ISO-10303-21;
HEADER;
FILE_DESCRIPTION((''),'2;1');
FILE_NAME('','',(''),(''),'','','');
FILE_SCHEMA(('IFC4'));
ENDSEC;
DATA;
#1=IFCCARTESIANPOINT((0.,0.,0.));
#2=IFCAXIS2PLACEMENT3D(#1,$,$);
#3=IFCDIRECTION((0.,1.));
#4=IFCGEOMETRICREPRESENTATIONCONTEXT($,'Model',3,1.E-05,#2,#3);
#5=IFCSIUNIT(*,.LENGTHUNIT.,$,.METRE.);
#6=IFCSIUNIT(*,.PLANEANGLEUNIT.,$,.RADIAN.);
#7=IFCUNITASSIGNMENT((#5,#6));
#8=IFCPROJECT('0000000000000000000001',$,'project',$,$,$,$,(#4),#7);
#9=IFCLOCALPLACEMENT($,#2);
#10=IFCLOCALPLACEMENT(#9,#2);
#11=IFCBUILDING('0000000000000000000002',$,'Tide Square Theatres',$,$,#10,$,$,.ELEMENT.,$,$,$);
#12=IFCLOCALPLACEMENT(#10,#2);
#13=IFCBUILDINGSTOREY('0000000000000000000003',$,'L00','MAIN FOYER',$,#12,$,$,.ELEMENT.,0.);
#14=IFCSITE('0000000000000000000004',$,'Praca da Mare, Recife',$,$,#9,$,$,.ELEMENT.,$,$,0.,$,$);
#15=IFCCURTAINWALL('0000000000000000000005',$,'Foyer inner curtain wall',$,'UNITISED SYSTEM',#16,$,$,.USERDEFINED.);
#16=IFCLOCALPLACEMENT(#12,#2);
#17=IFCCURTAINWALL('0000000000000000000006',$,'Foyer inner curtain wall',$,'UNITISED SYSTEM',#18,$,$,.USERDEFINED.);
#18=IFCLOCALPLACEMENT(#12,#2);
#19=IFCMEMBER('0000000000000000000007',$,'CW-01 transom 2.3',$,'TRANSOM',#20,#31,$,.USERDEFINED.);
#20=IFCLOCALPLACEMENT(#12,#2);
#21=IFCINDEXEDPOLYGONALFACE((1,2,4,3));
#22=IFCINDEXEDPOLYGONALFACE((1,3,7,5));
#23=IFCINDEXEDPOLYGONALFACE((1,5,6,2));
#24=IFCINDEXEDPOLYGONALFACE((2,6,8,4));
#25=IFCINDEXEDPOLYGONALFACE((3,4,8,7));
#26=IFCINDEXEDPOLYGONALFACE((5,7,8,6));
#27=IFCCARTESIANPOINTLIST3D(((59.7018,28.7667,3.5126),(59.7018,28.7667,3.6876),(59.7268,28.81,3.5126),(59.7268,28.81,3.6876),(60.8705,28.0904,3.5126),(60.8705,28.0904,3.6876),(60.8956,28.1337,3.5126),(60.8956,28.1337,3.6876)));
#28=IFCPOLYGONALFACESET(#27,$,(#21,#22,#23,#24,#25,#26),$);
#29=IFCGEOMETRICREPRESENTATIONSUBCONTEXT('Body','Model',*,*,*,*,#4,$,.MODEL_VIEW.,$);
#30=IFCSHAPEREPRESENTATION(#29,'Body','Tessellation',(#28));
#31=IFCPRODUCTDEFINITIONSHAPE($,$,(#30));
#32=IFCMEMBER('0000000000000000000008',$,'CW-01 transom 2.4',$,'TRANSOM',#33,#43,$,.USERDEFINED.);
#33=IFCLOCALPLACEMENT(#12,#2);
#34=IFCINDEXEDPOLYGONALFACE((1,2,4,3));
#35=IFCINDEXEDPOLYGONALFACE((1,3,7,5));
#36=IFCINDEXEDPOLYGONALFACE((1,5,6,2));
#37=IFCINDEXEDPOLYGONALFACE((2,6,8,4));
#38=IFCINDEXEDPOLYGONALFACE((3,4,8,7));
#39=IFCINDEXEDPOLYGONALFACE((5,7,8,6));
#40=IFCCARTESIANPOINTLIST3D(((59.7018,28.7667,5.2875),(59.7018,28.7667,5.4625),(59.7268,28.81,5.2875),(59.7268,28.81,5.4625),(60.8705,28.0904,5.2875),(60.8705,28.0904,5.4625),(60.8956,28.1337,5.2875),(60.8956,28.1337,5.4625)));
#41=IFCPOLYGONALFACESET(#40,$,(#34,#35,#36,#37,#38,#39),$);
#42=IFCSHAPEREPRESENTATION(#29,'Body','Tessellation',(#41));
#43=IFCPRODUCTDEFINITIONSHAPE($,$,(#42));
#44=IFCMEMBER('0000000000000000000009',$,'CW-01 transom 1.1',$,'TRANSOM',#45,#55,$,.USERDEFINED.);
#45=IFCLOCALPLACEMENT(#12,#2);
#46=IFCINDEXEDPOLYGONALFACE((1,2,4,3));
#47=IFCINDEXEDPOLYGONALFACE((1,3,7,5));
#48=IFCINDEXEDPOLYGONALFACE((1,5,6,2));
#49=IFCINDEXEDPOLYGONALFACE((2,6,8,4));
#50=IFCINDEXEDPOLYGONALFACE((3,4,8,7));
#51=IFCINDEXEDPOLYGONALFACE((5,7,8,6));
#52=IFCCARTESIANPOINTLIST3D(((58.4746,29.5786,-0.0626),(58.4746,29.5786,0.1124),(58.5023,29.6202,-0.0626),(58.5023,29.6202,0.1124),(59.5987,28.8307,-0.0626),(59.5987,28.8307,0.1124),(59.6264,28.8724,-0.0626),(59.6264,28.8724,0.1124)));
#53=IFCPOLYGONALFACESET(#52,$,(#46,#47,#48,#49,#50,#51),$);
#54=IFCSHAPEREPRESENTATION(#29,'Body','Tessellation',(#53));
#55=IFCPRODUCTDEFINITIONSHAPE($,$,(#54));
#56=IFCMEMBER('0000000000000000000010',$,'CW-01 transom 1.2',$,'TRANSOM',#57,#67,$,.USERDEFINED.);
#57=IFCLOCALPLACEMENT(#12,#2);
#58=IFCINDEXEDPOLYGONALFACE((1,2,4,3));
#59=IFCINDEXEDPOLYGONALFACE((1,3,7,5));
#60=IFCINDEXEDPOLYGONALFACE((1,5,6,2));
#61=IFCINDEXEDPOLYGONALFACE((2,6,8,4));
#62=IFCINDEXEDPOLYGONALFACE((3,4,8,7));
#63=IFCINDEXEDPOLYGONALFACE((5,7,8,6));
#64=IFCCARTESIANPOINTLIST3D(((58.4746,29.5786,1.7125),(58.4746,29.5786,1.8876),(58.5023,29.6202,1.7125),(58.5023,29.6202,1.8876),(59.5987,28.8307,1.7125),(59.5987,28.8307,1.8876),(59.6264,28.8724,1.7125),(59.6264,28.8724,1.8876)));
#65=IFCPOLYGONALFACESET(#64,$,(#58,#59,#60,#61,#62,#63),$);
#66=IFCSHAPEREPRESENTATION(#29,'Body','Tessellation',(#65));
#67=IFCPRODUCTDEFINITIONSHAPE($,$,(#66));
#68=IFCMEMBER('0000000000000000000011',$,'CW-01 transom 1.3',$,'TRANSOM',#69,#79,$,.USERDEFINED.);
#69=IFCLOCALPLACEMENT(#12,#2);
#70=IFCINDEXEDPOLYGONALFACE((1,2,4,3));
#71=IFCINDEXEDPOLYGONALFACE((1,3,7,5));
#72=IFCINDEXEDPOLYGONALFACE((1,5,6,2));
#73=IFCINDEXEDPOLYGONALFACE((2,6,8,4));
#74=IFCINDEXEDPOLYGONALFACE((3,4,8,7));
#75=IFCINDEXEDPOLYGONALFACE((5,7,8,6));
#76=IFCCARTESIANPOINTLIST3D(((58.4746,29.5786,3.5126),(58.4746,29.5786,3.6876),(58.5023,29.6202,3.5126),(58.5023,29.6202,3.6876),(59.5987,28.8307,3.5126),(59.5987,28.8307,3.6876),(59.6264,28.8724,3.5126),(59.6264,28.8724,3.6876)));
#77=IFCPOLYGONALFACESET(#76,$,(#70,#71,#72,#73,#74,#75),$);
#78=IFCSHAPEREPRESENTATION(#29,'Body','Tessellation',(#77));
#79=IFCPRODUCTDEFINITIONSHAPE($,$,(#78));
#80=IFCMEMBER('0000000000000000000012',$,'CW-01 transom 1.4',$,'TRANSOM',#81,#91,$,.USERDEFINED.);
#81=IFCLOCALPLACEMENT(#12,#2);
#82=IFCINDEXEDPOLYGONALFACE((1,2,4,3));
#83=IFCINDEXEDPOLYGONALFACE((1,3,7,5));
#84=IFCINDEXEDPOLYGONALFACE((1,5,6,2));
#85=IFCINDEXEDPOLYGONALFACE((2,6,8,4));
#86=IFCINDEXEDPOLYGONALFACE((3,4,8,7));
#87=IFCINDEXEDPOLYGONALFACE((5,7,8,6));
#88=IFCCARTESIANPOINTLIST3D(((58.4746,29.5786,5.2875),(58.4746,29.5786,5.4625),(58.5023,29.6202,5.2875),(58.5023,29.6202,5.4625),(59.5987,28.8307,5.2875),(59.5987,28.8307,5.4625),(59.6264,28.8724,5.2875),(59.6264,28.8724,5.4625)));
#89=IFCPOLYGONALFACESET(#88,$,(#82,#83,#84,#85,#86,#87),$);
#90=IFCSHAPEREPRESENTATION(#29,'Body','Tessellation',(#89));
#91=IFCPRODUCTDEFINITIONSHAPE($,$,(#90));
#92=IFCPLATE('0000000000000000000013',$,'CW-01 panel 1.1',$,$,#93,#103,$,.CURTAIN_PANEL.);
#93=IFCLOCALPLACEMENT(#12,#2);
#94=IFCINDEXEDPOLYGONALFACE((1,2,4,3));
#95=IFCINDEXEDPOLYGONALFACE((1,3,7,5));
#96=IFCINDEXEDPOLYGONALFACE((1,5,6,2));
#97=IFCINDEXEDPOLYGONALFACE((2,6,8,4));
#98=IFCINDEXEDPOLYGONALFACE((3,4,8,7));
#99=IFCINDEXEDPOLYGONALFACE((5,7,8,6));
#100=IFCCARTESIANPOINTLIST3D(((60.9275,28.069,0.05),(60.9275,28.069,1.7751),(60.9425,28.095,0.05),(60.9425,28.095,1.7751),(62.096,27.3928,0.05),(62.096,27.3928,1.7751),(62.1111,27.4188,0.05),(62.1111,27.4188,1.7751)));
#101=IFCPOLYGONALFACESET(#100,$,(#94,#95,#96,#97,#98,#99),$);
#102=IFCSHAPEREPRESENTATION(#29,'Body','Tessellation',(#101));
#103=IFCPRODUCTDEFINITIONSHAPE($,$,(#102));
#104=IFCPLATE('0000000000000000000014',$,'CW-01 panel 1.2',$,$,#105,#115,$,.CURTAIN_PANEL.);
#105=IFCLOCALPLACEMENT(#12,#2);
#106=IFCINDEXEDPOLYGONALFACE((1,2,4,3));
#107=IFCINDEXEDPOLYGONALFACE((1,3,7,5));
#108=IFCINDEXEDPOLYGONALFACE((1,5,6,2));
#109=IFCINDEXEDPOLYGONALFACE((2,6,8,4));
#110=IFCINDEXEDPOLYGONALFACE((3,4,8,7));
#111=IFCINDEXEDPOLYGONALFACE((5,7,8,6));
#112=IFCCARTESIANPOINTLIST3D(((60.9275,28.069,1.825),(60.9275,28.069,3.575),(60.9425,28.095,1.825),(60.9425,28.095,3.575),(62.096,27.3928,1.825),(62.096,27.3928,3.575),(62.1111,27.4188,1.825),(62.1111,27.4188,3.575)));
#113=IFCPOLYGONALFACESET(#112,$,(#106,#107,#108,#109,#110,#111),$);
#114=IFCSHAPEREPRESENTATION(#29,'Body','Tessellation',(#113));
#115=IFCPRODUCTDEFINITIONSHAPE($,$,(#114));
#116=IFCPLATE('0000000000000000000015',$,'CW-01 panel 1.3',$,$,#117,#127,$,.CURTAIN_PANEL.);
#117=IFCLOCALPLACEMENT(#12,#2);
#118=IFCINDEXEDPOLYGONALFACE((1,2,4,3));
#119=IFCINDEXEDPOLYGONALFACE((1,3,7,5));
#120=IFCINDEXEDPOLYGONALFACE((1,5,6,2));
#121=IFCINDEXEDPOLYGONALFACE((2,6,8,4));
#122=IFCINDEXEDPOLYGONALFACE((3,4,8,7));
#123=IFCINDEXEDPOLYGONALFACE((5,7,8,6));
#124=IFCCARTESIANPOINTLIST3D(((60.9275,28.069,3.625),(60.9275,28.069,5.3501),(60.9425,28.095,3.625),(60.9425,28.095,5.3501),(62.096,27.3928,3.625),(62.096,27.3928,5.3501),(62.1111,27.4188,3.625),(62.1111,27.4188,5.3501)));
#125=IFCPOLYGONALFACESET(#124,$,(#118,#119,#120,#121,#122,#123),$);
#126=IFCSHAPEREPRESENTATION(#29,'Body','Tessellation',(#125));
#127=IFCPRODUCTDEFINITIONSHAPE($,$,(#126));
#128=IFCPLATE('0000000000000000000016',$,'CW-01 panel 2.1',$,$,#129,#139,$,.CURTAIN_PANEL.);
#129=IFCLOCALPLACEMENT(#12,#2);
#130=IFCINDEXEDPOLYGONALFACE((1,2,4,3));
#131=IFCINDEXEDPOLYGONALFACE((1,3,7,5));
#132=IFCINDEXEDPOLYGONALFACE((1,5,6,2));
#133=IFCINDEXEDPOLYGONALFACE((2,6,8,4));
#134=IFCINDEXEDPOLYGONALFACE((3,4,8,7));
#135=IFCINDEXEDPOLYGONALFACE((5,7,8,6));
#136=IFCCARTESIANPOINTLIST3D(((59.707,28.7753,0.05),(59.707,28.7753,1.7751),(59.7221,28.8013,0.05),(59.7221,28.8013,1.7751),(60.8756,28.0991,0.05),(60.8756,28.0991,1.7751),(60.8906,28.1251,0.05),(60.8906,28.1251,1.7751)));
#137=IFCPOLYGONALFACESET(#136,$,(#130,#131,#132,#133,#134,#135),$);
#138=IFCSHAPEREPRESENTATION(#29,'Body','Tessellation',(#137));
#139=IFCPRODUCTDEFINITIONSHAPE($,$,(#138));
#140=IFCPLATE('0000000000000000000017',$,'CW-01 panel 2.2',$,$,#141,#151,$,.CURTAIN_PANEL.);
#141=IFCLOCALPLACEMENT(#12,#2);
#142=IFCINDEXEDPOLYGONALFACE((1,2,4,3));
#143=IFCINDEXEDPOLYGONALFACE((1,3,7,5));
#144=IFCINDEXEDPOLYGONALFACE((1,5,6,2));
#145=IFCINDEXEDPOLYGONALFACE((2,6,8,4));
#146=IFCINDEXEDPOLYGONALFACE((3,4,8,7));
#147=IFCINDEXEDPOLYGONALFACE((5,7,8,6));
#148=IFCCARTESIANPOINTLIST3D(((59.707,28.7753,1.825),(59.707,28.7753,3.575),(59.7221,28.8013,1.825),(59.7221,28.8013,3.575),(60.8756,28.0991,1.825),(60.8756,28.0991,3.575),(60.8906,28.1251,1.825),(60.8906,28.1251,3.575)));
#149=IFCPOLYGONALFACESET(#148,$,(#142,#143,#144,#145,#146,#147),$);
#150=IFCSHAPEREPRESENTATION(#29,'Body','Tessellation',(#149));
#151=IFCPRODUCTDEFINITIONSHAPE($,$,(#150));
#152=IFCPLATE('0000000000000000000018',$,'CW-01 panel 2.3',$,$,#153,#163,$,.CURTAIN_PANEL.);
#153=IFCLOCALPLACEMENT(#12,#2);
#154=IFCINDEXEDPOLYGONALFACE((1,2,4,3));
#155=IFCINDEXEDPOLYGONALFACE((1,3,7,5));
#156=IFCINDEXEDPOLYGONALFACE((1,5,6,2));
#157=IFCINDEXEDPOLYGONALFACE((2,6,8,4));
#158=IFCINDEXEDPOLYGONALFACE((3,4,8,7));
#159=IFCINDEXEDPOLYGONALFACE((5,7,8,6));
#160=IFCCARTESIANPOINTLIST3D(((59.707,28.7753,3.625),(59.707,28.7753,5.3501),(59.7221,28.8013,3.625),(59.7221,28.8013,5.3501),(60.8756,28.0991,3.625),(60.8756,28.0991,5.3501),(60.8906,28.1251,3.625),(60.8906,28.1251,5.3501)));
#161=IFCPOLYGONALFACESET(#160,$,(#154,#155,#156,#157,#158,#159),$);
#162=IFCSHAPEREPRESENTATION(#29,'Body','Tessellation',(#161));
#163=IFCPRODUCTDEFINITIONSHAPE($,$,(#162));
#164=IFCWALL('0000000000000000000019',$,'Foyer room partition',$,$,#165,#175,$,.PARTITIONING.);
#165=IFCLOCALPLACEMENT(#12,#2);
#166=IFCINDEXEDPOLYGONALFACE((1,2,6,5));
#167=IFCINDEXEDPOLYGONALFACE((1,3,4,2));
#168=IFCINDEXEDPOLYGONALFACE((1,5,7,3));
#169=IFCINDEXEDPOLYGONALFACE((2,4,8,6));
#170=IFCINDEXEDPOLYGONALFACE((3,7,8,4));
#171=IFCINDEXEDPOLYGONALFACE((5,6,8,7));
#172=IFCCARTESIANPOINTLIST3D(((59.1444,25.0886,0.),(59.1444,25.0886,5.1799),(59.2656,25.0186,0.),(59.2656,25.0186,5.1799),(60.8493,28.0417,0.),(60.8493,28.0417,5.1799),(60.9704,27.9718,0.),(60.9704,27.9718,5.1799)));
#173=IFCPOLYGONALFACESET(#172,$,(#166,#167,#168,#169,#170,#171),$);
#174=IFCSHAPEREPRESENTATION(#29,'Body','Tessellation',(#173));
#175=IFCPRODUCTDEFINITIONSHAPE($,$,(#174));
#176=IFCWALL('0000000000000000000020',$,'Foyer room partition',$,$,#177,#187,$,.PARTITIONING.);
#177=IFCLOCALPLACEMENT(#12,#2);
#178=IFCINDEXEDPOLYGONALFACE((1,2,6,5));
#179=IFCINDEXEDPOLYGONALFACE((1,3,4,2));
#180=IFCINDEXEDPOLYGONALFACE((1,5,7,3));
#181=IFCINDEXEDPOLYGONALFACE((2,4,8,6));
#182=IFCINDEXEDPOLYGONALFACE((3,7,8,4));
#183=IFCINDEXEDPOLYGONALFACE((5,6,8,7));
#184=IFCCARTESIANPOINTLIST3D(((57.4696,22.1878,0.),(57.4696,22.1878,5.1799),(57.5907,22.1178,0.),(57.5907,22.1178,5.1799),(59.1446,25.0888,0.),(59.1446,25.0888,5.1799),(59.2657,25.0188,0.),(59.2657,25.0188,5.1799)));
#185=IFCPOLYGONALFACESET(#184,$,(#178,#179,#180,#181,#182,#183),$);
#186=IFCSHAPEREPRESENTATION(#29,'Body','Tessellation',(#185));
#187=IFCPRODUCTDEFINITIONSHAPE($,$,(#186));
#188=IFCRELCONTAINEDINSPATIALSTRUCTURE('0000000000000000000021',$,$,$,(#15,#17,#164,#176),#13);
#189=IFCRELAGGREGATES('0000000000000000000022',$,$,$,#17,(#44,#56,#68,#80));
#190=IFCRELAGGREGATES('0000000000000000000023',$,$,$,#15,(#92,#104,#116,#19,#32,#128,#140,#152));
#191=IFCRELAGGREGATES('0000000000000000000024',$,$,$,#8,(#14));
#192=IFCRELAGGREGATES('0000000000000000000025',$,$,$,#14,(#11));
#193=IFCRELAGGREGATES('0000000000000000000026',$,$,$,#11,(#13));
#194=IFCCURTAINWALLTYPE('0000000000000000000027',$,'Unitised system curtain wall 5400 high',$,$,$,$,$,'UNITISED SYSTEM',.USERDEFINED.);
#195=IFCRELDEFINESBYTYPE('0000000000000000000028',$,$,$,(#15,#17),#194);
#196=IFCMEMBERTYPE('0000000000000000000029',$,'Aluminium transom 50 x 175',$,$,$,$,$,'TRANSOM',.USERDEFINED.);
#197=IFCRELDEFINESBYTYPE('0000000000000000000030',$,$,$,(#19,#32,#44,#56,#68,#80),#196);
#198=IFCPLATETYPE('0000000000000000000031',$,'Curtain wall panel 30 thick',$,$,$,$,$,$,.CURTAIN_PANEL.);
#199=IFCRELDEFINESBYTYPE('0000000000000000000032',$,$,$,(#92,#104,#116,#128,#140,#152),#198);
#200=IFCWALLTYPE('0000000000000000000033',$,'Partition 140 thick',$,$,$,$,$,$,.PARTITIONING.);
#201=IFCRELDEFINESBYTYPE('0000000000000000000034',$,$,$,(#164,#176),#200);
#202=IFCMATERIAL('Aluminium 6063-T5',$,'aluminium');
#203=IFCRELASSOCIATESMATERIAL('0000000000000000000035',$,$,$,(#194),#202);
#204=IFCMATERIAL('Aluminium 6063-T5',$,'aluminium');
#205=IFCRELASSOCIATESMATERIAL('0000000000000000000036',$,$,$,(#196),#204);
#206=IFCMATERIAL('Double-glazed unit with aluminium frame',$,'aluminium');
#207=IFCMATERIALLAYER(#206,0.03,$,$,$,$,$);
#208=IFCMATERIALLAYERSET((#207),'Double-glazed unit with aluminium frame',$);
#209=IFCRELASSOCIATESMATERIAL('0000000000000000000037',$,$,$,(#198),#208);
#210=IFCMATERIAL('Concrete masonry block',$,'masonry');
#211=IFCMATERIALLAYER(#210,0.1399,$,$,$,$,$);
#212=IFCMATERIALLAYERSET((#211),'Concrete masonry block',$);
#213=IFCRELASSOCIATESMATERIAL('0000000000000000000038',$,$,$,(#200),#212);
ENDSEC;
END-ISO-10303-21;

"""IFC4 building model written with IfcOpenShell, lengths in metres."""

from ifc_helpers import new_model, si_unit, direction, frame, frame_2d, origin, origin_2d, place, context, subcontext, project, spatial, rectangle, extrude, material, layer, layer_set, material_profile, profile_set, type_object, element, aggregate, save


model = new_model("IFC4")

# Units and contexts
model_context = context("Model", 3, precision=1e-05, world=origin(), true_north=direction((0.0, 1.0)))
body_context = subcontext(model_context, "Body", "Model", "MODEL_VIEW")
ifc_project = project(units=[si_unit("LENGTHUNIT", "METRE"), si_unit("PLANEANGLEUNIT", "RADIAN")], contexts=[model_context])

# Site, building, storey
site_placement = place(None, origin())
site = spatial("IfcSite", under=ifc_project, at=site_placement, Name="Praca da Mare, Recife", CompositionType="ELEMENT", RefElevation=0.0)
building_placement = place(site_placement, origin())
building = spatial("IfcBuilding", under=site, at=building_placement, Name="Tide Square Theatres", CompositionType="ELEMENT")
storey_placement = place(building_placement, origin())
storey = spatial("IfcBuildingStorey", under=building, at=storey_placement, Name="L00", Description="MAIN FOYER", CompositionType="ELEMENT", Elevation=0.0)

# Curtain wall
ifc_material_1 = material(Name="Aluminium 6063-T5", Category="aluminium")
curtain_wall_type = type_object("IfcCurtainWallType", Name="Unitised system curtain wall 5400 high", ElementType="UNITISED SYSTEM", PredefinedType="USERDEFINED", material=ifc_material_1)
curtain_wall_1_placement = place(storey_placement, origin())
curtain_wall_1 = element("IfcCurtainWall", 1, at=curtain_wall_1_placement, inside=storey, type_object=curtain_wall_type, Name="Foyer inner curtain wall", ObjectType="UNITISED SYSTEM", PredefinedType="USERDEFINED")

# Curtain wall
curtain_wall_2_placement = place(storey_placement, origin())
curtain_wall_2 = element("IfcCurtainWall", 2, at=curtain_wall_2_placement, inside=storey, type_object=curtain_wall_type, Name="Foyer inner curtain wall", ObjectType="UNITISED SYSTEM", PredefinedType="USERDEFINED")

# Members
ifc_material_2 = material(Name="Aluminium 6063-T5", Category="aluminium")
ifc_material_profile_1 = material_profile(ifc_material_2, rectangle(XDim=0.05, YDim=0.175, at=origin_2d()))
ifc_profile_set_1 = profile_set([ifc_material_profile_1], Name="Aluminium 6063-T5")
member_type_1 = type_object("IfcMemberType", Name="Aluminium transom 50 x 175", ElementType="TRANSOM", PredefinedType="USERDEFINED", material=ifc_profile_set_1)
member_1_placement = place(storey_placement, frame((60.8831, 28.1121, 3.6001), z_axis=(-0.865538, 0.500844, 0.0), x_axis=(-0.500844, -0.865538, 0.0)))
member_1 = element("IfcMember", 3, at=member_1_placement, type_object=member_type_1, Name="CW-01 transom 2.3", ObjectType="TRANSOM", PredefinedType="USERDEFINED", context=body_context, shape_type="SweptSolid", body=[
    extrude(rectangle(XDim=0.05, YDim=0.175, at=origin_2d()), origin(), (0.0, 0.0, 1.0), 1.3503),
])
member_2_placement = place(storey_placement, frame((60.8831, 28.1121, 5.375), z_axis=(-0.865538, 0.500844, 0.0), x_axis=(-0.500844, -0.865538, 0.0)))
member_2 = element("IfcMember", 4, at=member_2_placement, type_object=member_type_1, Name="CW-01 transom 2.4", ObjectType="TRANSOM", PredefinedType="USERDEFINED", context=body_context, shape_type="SweptSolid", body=[
    extrude(rectangle(XDim=0.05, YDim=0.175, at=origin_2d()), origin(), (0.0, 0.0, 1.0), 1.3503),
])
member_3_placement = place(storey_placement, frame((59.6125, 28.8516, 0.0249), z_axis=(-0.832579, 0.553907, 0.0), x_axis=(-0.553907, -0.832579, 0.0)))
member_3 = element("IfcMember", 5, at=member_3_placement, type_object=member_type_1, Name="CW-01 transom 1.1", ObjectType="TRANSOM", PredefinedType="USERDEFINED", context=body_context, shape_type="SweptSolid", body=[
    extrude(rectangle(XDim=0.05, YDim=0.175, at=origin_2d()), origin(), (0.0, 0.0, 1.0), 1.3501),
])
member_4_placement = place(storey_placement, frame((59.6125, 28.8516, 1.8), z_axis=(-0.832579, 0.553907, 0.0), x_axis=(-0.553907, -0.832579, 0.0)))
member_4 = element("IfcMember", 6, at=member_4_placement, type_object=member_type_1, Name="CW-01 transom 1.2", ObjectType="TRANSOM", PredefinedType="USERDEFINED", context=body_context, shape_type="SweptSolid", body=[
    extrude(rectangle(XDim=0.05, YDim=0.175, at=origin_2d()), origin(), (0.0, 0.0, 1.0), 1.3501),
])
member_5_placement = place(storey_placement, frame((59.6125, 28.8516, 3.6001), z_axis=(-0.832579, 0.553907, 0.0), x_axis=(-0.553907, -0.832579, 0.0)))
member_5 = element("IfcMember", 7, at=member_5_placement, type_object=member_type_1, Name="CW-01 transom 1.3", ObjectType="TRANSOM", PredefinedType="USERDEFINED", context=body_context, shape_type="SweptSolid", body=[
    extrude(rectangle(XDim=0.05, YDim=0.175, at=origin_2d()), origin(), (0.0, 0.0, 1.0), 1.3501),
])
member_6_placement = place(storey_placement, frame((59.6125, 28.8516, 5.375), z_axis=(-0.832579, 0.553907, 0.0), x_axis=(-0.553907, -0.832579, 0.0)))
member_6 = element("IfcMember", 8, at=member_6_placement, type_object=member_type_1, Name="CW-01 transom 1.4", ObjectType="TRANSOM", PredefinedType="USERDEFINED", context=body_context, shape_type="SweptSolid", body=[
    extrude(rectangle(XDim=0.05, YDim=0.175, at=origin_2d()), origin(), (0.0, 0.0, 1.0), 1.3501),
])
aggregate(curtain_wall_2, [member_3, member_4, member_5, member_6])

# Plates
ifc_material_3 = material(Name="Double-glazed unit with aluminium frame", Category="aluminium")
ifc_layer_1 = layer(ifc_material_3, 0.03)
ifc_layer_set_1 = layer_set([ifc_layer_1], Name="Double-glazed unit with aluminium frame")
plate_type = type_object("IfcPlateType", Name="Curtain wall panel 30 thick", PredefinedType="CURTAIN_PANEL", material=ifc_layer_set_1)
plate_1_placement = place(storey_placement, frame((61.5193, 27.7439, 0.05), z_axis=(0.0, 0.0, 1.0), x_axis=(-0.865525, 0.500865, 0.0)))
plate_1 = element("IfcPlate", 9, at=plate_1_placement, type_object=plate_type, Name="CW-01 panel 1.1", PredefinedType="CURTAIN_PANEL", context=body_context, shape_type="SweptSolid", body=[
    extrude(rectangle(XDim=1.3501, YDim=0.03, at=origin_2d()), origin(), (0.0, 0.0, 1.0), 1.7251),
])
plate_2_placement = place(storey_placement, frame((61.5193, 27.7439, 1.825), z_axis=(0.0, 0.0, 1.0), x_axis=(-0.865525, 0.500865, 0.0)))
plate_2 = element("IfcPlate", 10, at=plate_2_placement, type_object=plate_type, Name="CW-01 panel 1.2", PredefinedType="CURTAIN_PANEL", context=body_context, shape_type="SweptSolid", body=[
    extrude(rectangle(XDim=1.3501, YDim=0.03, at=origin_2d()), origin(), (0.0, 0.0, 1.0), 1.75),
])
plate_3_placement = place(storey_placement, frame((61.5193, 27.7439, 3.625), z_axis=(0.0, 0.0, 1.0), x_axis=(-0.865525, 0.500865, 0.0)))
plate_3 = element("IfcPlate", 11, at=plate_3_placement, type_object=plate_type, Name="CW-01 panel 1.3", PredefinedType="CURTAIN_PANEL", context=body_context, shape_type="SweptSolid", body=[
    extrude(rectangle(XDim=1.3501, YDim=0.03, at=origin_2d()), origin(), (0.0, 0.0, 1.0), 1.7251),
])
plate_4_placement = place(storey_placement, frame((60.2988, 28.4502, 0.05), z_axis=(0.0, 0.0, 1.0), x_axis=(-0.865525, 0.500865, 0.0)))
plate_4 = element("IfcPlate", 12, at=plate_4_placement, type_object=plate_type, Name="CW-01 panel 2.1", PredefinedType="CURTAIN_PANEL", context=body_context, shape_type="SweptSolid", body=[
    extrude(rectangle(XDim=1.3501, YDim=0.03, at=origin_2d()), origin(), (0.0, 0.0, 1.0), 1.7251),
])
plate_5_placement = place(storey_placement, frame((60.2988, 28.4502, 1.825), z_axis=(0.0, 0.0, 1.0), x_axis=(-0.865525, 0.500865, 0.0)))
plate_5 = element("IfcPlate", 13, at=plate_5_placement, type_object=plate_type, Name="CW-01 panel 2.2", PredefinedType="CURTAIN_PANEL", context=body_context, shape_type="SweptSolid", body=[
    extrude(rectangle(XDim=1.3501, YDim=0.03, at=origin_2d()), origin(), (0.0, 0.0, 1.0), 1.75),
])
plate_6_placement = place(storey_placement, frame((60.2988, 28.4502, 3.625), z_axis=(0.0, 0.0, 1.0), x_axis=(-0.865525, 0.500865, 0.0)))
plate_6 = element("IfcPlate", 14, at=plate_6_placement, type_object=plate_type, Name="CW-01 panel 2.3", PredefinedType="CURTAIN_PANEL", context=body_context, shape_type="SweptSolid", body=[
    extrude(rectangle(XDim=1.3501, YDim=0.03, at=origin_2d()), origin(), (0.0, 0.0, 1.0), 1.7251),
])
aggregate(curtain_wall_1, [plate_1, plate_2, plate_3, member_1, member_2, plate_4, plate_5, plate_6])

# Walls
ifc_material_4 = material(Name="Concrete masonry block", Category="masonry")
ifc_layer_2 = layer(ifc_material_4, 0.1399)
ifc_layer_set_2 = layer_set([ifc_layer_2], Name="Concrete masonry block")
wall_type = type_object("IfcWallType", Name="Partition 140 thick", PredefinedType="PARTITIONING", material=ifc_layer_set_2)
wall_1_placement = place(storey_placement, frame((60.9099, 28.0068, 0.0), z_axis=(0.0, 0.0, 1.0), x_axis=(-0.499966, -0.866045, 0.0)))
element("IfcWall", 15, at=wall_1_placement, inside=storey, type_object=wall_type, Name="Foyer room partition", PredefinedType="PARTITIONING", context=body_context, shape_type="SweptSolid", body=[
    extrude(rectangle(XDim=3.4099, YDim=0.1399, at=frame_2d((1.7051, 0.0))), origin(), (0.0, 0.0, 1.0), 5.1799),
])
wall_2_placement = place(storey_placement, frame((59.2051, 25.0537, 0.0), z_axis=(0.0, 0.0, 1.0), x_axis=(-0.500019, -0.866014, 0.0)))
element("IfcWall", 16, at=wall_2_placement, inside=storey, type_object=wall_type, Name="Foyer room partition", PredefinedType="PARTITIONING", context=body_context, shape_type="SweptSolid", body=[
    extrude(rectangle(XDim=3.3499, YDim=0.1399, at=frame_2d((1.6748, 0.0))), origin(), (0.0, 0.0, 1.0), 5.1799),
])

save(model, "model.ifc")
